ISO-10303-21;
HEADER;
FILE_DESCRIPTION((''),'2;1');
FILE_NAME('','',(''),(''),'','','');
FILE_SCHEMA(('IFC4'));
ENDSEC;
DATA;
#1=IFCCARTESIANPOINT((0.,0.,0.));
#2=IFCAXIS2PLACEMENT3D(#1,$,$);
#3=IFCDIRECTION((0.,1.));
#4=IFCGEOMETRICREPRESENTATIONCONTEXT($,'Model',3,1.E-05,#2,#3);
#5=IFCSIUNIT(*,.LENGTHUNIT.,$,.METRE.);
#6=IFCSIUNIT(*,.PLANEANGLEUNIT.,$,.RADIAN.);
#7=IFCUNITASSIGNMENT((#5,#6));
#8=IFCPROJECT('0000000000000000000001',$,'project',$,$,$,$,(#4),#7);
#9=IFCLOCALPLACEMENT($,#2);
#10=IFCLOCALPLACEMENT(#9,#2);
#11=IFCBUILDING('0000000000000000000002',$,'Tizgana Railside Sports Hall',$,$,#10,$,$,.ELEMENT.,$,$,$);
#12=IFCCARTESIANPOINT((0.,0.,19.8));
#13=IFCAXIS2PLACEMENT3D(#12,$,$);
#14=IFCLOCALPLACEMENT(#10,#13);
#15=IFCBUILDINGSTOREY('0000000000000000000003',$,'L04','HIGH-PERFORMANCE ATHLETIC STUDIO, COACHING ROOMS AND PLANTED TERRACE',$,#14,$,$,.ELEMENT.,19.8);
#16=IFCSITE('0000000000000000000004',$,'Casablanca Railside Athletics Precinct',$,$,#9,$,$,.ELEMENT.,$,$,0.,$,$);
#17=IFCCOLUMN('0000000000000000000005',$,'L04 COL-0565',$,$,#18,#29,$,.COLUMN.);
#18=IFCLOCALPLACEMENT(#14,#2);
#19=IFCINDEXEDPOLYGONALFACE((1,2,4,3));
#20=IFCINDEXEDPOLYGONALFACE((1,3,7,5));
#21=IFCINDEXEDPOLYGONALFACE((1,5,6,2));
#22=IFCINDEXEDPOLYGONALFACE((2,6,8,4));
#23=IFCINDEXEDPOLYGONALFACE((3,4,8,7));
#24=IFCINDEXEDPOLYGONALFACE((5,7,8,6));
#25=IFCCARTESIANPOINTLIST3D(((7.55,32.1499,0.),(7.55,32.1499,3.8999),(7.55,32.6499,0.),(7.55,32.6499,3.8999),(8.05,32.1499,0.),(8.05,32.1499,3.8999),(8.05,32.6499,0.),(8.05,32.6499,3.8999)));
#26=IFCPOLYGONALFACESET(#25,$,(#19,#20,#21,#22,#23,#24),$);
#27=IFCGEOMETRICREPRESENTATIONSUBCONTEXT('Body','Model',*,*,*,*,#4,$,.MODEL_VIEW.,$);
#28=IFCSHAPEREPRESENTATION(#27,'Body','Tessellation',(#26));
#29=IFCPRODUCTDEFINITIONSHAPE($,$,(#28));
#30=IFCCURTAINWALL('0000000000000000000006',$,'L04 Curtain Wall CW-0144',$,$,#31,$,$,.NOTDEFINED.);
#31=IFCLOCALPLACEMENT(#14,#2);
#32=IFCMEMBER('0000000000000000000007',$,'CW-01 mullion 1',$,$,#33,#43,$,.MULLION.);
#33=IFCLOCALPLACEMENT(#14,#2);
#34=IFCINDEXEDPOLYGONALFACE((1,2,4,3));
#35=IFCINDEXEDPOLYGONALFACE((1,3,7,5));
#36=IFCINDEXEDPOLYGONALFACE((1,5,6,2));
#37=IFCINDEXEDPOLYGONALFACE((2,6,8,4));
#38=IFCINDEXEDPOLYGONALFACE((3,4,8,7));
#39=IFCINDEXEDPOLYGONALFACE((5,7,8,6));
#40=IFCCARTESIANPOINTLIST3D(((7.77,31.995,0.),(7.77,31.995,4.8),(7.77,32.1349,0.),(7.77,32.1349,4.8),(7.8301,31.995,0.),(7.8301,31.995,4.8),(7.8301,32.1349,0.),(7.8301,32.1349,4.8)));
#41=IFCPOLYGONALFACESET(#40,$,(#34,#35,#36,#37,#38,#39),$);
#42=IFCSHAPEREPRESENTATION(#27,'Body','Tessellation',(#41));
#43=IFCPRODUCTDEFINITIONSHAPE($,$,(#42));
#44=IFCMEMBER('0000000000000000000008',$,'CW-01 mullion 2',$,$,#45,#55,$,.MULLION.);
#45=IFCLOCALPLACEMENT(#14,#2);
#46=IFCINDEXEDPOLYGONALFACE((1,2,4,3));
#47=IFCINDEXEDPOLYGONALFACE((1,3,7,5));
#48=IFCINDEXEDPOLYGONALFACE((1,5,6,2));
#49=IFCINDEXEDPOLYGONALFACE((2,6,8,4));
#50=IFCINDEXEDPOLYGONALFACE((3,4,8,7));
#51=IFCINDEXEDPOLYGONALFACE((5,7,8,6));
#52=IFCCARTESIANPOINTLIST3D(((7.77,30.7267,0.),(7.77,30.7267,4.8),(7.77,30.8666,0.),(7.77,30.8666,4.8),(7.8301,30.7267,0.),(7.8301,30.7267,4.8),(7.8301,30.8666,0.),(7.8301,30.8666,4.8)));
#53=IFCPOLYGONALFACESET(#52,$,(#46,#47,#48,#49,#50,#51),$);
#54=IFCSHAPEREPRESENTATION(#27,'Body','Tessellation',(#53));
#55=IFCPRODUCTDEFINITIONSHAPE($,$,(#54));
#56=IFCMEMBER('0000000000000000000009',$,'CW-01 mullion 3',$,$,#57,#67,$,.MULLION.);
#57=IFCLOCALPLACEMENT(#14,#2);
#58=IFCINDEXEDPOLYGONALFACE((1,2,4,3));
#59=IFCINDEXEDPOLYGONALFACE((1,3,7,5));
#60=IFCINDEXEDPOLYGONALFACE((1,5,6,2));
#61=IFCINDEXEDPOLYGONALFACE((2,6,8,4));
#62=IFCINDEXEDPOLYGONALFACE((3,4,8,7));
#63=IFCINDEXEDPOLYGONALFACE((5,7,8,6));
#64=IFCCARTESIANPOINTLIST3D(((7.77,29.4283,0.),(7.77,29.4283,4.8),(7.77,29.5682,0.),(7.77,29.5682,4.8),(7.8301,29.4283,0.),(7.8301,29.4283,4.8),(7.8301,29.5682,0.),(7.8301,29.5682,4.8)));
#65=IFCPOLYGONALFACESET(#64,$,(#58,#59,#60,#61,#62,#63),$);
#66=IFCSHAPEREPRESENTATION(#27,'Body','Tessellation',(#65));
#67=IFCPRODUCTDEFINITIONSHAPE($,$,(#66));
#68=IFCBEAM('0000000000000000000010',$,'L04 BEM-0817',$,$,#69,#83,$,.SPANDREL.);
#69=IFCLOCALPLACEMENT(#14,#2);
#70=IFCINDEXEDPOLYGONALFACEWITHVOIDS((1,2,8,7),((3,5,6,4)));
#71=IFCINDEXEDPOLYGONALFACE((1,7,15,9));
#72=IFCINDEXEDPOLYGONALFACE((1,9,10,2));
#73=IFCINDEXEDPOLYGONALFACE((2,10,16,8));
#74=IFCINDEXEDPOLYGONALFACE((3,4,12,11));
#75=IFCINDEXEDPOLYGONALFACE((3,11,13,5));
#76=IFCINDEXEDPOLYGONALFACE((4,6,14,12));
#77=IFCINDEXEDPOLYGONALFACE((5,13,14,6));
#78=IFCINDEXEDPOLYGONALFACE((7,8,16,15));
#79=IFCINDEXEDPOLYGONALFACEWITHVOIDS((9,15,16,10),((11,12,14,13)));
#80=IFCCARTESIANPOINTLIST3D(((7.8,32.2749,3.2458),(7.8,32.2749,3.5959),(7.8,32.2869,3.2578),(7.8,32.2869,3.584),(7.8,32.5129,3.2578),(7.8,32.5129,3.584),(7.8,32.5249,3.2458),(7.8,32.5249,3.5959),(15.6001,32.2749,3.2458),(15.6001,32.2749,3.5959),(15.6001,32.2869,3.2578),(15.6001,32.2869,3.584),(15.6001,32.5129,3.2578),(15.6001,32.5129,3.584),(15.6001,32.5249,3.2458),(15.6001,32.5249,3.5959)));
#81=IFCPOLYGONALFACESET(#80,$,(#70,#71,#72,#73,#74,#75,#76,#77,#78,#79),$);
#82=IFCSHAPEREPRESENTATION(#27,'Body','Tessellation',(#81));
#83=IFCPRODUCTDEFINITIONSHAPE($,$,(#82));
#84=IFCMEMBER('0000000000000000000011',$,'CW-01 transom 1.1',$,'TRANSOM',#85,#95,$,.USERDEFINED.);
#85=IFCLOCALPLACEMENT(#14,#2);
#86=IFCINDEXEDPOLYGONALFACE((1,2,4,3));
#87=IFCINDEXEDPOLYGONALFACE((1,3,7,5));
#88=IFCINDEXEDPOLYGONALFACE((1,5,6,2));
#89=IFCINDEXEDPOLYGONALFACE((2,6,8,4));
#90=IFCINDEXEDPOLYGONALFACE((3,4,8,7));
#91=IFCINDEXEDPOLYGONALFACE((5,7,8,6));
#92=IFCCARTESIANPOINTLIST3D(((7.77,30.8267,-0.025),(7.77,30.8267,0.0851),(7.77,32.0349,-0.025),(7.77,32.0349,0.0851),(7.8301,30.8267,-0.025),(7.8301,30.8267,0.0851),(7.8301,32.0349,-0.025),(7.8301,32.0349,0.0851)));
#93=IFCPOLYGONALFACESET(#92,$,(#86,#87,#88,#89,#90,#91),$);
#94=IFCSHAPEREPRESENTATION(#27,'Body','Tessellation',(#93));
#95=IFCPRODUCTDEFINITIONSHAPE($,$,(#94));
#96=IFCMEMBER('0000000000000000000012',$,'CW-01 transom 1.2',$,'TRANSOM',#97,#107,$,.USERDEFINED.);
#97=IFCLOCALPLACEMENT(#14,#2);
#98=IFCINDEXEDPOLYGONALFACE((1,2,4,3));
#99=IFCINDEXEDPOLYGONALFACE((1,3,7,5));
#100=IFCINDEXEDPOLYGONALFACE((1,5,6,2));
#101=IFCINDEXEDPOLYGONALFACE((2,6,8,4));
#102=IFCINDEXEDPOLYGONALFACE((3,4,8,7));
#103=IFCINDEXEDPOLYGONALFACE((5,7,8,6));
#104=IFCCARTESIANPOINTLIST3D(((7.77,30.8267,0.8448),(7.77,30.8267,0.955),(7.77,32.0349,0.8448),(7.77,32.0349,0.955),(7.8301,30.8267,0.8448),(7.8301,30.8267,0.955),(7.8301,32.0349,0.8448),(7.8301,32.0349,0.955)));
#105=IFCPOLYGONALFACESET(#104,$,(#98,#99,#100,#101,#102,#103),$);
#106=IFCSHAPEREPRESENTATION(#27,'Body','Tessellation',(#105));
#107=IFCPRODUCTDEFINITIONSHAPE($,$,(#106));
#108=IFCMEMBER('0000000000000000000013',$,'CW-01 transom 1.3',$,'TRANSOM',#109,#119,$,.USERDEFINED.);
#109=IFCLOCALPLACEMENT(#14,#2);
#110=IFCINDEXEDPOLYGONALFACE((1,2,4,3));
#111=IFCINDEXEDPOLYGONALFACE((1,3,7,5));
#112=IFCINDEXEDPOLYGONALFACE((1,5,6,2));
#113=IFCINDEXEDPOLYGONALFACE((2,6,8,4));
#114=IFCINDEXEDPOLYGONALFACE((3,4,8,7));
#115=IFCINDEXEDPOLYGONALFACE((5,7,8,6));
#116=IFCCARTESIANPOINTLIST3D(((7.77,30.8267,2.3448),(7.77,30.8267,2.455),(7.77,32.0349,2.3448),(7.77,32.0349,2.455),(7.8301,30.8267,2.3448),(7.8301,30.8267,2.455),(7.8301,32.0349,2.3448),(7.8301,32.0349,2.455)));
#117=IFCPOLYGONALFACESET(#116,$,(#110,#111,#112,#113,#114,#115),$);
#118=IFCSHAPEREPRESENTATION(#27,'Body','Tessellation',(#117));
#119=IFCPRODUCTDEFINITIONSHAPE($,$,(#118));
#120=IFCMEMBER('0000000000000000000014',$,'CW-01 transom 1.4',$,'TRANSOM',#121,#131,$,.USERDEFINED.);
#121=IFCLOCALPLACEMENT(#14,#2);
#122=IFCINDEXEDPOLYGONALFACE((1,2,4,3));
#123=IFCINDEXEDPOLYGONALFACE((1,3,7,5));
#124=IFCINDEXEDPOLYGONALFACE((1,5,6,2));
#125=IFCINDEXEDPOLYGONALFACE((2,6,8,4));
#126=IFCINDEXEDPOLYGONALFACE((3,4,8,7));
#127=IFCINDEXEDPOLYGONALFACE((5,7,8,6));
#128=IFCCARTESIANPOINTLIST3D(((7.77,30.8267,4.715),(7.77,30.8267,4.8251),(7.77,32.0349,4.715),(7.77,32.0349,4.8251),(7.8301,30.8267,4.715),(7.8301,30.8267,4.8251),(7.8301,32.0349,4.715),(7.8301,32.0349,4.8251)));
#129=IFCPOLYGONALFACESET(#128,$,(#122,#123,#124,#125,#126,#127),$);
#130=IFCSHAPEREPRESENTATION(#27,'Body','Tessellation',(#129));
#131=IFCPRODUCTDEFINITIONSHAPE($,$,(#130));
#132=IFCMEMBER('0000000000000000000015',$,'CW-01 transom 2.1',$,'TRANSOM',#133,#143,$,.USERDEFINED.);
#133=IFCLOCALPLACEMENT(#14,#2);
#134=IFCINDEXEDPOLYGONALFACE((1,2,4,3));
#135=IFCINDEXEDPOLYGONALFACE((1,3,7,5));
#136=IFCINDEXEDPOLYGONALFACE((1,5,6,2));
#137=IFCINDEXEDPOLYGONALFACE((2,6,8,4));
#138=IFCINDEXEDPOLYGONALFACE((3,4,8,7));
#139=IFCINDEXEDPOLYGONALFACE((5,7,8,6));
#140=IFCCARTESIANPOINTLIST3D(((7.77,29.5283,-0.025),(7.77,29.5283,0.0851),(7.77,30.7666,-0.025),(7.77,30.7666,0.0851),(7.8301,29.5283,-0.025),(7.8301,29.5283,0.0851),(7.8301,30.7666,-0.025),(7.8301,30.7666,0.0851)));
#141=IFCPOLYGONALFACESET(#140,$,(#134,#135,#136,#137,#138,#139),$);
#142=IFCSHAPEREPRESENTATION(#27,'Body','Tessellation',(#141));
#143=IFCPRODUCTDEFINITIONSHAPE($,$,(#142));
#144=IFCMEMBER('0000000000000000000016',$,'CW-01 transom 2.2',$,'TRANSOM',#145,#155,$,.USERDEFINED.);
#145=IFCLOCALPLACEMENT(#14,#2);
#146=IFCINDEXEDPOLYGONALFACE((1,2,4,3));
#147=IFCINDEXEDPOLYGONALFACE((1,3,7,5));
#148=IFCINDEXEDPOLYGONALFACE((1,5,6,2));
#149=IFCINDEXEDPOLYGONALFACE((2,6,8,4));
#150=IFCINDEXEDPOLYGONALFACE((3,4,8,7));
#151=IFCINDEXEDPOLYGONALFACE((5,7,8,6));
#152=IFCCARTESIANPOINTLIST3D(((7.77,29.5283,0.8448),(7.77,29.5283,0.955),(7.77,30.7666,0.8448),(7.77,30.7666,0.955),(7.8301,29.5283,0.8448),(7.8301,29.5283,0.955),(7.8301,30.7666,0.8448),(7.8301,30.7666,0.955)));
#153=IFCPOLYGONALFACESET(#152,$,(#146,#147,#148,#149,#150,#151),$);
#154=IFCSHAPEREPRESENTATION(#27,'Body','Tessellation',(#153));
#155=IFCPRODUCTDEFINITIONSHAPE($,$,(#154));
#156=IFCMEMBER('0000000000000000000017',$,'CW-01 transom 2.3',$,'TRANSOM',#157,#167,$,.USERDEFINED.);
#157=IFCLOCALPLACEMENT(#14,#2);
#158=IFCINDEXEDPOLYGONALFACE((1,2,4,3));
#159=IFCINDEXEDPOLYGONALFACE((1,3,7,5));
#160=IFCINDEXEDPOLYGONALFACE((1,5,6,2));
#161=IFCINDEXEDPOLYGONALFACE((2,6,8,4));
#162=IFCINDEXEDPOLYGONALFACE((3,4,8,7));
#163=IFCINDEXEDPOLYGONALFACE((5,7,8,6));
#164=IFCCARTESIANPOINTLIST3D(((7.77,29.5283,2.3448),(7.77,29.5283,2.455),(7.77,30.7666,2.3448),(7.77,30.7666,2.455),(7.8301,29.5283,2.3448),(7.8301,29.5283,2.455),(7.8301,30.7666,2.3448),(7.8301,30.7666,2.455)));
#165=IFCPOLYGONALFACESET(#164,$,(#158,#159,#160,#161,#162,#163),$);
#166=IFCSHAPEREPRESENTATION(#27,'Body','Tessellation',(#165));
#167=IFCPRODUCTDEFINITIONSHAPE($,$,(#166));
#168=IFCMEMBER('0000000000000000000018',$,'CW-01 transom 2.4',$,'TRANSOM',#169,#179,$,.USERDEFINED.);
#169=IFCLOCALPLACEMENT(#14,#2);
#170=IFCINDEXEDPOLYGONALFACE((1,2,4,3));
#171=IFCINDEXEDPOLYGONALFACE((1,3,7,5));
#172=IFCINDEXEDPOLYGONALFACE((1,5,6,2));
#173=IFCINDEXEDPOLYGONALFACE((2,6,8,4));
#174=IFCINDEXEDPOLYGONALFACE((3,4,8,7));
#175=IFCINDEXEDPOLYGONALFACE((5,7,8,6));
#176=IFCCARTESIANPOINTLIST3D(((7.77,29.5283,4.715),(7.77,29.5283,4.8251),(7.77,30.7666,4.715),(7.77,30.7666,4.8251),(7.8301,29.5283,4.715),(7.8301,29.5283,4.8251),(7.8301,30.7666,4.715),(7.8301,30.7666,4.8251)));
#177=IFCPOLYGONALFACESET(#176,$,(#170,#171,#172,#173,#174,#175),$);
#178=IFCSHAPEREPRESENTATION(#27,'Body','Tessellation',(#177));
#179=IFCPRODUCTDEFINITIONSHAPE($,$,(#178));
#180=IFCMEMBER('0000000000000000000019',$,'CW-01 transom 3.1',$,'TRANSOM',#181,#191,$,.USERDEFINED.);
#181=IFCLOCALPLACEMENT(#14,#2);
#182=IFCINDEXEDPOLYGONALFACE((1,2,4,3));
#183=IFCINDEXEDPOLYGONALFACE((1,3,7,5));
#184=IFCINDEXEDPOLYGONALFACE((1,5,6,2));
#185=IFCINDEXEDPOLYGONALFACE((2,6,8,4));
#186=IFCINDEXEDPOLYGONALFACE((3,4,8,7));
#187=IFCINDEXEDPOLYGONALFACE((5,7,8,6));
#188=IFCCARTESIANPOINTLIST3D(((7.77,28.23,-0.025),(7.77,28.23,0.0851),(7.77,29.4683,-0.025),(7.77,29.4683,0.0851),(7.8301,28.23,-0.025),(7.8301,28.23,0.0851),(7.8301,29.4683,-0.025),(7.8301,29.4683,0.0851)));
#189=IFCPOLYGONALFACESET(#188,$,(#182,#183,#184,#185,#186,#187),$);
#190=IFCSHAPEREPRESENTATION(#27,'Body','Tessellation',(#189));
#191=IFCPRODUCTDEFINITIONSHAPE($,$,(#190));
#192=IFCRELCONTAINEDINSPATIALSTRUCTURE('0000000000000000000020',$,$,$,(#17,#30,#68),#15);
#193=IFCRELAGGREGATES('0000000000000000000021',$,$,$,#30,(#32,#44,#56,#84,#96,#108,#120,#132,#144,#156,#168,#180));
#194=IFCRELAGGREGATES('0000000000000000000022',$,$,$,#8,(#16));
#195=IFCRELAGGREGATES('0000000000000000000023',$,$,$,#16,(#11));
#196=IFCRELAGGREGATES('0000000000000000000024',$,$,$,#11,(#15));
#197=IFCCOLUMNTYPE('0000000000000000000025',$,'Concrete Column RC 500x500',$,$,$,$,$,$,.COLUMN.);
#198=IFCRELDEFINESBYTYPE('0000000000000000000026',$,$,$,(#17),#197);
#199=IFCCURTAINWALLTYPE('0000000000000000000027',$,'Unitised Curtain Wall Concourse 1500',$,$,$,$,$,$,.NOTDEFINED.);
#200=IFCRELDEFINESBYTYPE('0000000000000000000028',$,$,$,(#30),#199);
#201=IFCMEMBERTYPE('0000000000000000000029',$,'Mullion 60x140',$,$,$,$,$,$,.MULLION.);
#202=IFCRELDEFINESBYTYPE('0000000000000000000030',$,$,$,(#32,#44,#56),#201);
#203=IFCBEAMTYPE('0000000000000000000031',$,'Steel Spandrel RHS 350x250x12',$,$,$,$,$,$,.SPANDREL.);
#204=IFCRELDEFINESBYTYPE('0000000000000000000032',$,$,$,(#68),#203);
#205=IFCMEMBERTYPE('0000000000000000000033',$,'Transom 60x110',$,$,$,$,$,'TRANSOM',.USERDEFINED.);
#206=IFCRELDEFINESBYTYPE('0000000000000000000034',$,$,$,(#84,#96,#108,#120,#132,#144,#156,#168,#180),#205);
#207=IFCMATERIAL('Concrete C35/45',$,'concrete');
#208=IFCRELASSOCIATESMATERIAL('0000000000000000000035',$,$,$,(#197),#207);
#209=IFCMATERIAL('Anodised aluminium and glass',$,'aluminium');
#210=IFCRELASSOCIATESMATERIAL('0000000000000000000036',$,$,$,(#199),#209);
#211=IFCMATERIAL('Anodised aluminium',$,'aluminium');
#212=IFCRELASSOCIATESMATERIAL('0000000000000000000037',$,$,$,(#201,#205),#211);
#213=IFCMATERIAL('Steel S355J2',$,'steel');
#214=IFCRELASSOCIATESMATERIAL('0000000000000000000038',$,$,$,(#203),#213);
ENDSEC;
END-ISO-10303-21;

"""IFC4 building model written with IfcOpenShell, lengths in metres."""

from ifc_helpers import new_model, si_unit, direction, frame, origin, origin_2d, place, context, subcontext, project, spatial, rectangle, hollow_rectangle, extrude, material, material_profile, profile_set, type_object, element, aggregate, save


model = new_model("IFC4")

# Units and contexts
model_context = context("Model", 3, precision=1e-05, world=origin(), true_north=direction((0.0, 1.0)))
body_context = subcontext(model_context, "Body", "Model", "MODEL_VIEW")
ifc_project = project(units=[si_unit("LENGTHUNIT", "METRE"), si_unit("PLANEANGLEUNIT", "RADIAN")], contexts=[model_context])

# Site, building, storey
site_placement = place(None, origin())
site = spatial("IfcSite", under=ifc_project, at=site_placement, Name="Casablanca Railside Athletics Precinct", CompositionType="ELEMENT", RefElevation=0.0)
building_placement = place(site_placement, origin())
building = spatial("IfcBuilding", under=site, at=building_placement, Name="Tizgana Railside Sports Hall", CompositionType="ELEMENT")
storey_placement = place(building_placement, frame((0.0, 0.0, 19.8)))
storey = spatial("IfcBuildingStorey", under=building, at=storey_placement, Name="L04", Description="HIGH-PERFORMANCE ATHLETIC STUDIO, COACHING ROOMS AND PLANTED TERRACE", CompositionType="ELEMENT", Elevation=19.8)

# Column
ifc_material_1 = material(Name="Concrete C35/45", Category="concrete")
ifc_material_profile_1 = material_profile(ifc_material_1, rectangle(XDim=0.5, YDim=0.5, at=origin_2d()), Name="RC 500x500")
ifc_profile_set_1 = profile_set([ifc_material_profile_1], Name="Concrete C35/45")
column_type = type_object("IfcColumnType", Name="Concrete Column RC 500x500", PredefinedType="COLUMN", material=ifc_profile_set_1)
column_placement = place(storey_placement, frame((7.8, 32.3999, 0.0), z_axis=(0.0, 0.0, 1.0), x_axis=(1.0, 0.0, 0.0)))
element("IfcColumn", 1, at=column_placement, inside=storey, type_object=column_type, Name="L04 COL-0565", PredefinedType="COLUMN", context=body_context, shape_type="SweptSolid", body=[
    extrude(rectangle(XDim=0.5, YDim=0.5, at=origin_2d()), origin(), (0.0, 0.0, 1.0), 3.8999),
])

# Curtain wall, members
ifc_material_2 = material(Name="Anodised aluminium and glass", Category="aluminium")
curtain_wall_type = type_object("IfcCurtainWallType", Name="Unitised Curtain Wall Concourse 1500", PredefinedType="NOTDEFINED", material=ifc_material_2)
curtain_wall_placement = place(storey_placement, origin())
curtain_wall = element("IfcCurtainWall", 2, at=curtain_wall_placement, inside=storey, type_object=curtain_wall_type, Name="L04 Curtain Wall CW-0144", PredefinedType="NOTDEFINED")
ifc_material_3 = material(Name="Anodised aluminium", Category="aluminium")
ifc_material_profile_2 = material_profile(ifc_material_3, rectangle(XDim=0.0601, YDim=0.1399, at=origin_2d()), Name="Mullion 60x140")
ifc_profile_set_2 = profile_set([ifc_material_profile_2], Name="Anodised aluminium")
member_type_1 = type_object("IfcMemberType", Name="Mullion 60x140", PredefinedType="MULLION", material=ifc_profile_set_2)
member_1_placement = place(storey_placement, frame((7.8, 32.0649, 0.0), z_axis=(0.0, 0.0, 1.0), x_axis=(1.0, 0.0, 0.0)))
member_1 = element("IfcMember", 3, at=member_1_placement, type_object=member_type_1, Name="CW-01 mullion 1", PredefinedType="MULLION", context=body_context, shape_type="SweptSolid", body=[
    extrude(rectangle(XDim=0.0601, YDim=0.1399, at=origin_2d()), origin(), (0.0, 0.0, 1.0), 4.8),
])
member_2_placement = place(storey_placement, frame((7.8, 30.7966, 0.0), z_axis=(0.0, 0.0, 1.0), x_axis=(1.0, 0.0, 0.0)))
member_2 = element("IfcMember", 4, at=member_2_placement, type_object=member_type_1, Name="CW-01 mullion 2", PredefinedType="MULLION", context=body_context, shape_type="SweptSolid", body=[
    extrude(rectangle(XDim=0.0601, YDim=0.1399, at=origin_2d()), origin(), (0.0, 0.0, 1.0), 4.8),
])
member_3_placement = place(storey_placement, frame((7.8, 29.4983, 0.0), z_axis=(0.0, 0.0, 1.0), x_axis=(1.0, 0.0, 0.0)))
member_3 = element("IfcMember", 5, at=member_3_placement, type_object=member_type_1, Name="CW-01 mullion 3", PredefinedType="MULLION", context=body_context, shape_type="SweptSolid", body=[
    extrude(rectangle(XDim=0.0601, YDim=0.1399, at=origin_2d()), origin(), (0.0, 0.0, 1.0), 4.8),
])

# Beam
ifc_material_4 = material(Name="Steel S355J2", Category="steel")
ifc_material_profile_3 = material_profile(ifc_material_4, hollow_rectangle(XDim=0.25, YDim=0.3501, WallThickness=0.012, at=origin_2d()), Name="RHS 350x250x12")
ifc_profile_set_3 = profile_set([ifc_material_profile_3], Name="Steel S355J2")
beam_type = type_object("IfcBeamType", Name="Steel Spandrel RHS 350x250x12", PredefinedType="SPANDREL", material=ifc_profile_set_3)
beam_placement = place(storey_placement, frame((7.8, 32.3999, 3.4209), z_axis=(1.0, 0.0, 0.0), x_axis=(0.0, 1.0, 0.0)))
element("IfcBeam", 6, at=beam_placement, inside=storey, type_object=beam_type, Name="L04 BEM-0817", PredefinedType="SPANDREL", context=body_context, shape_type="SweptSolid", body=[
    extrude(hollow_rectangle(XDim=0.25, YDim=0.3501, WallThickness=0.012, at=origin_2d()), origin(), (0.0, 0.0, 1.0), 7.8),
])

# Members
ifc_material_profile_4 = material_profile(ifc_material_3, rectangle(XDim=0.0601, YDim=0.1101, at=origin_2d()), Name="Transom 60x110")
ifc_profile_set_4 = profile_set([ifc_material_profile_4], Name="Anodised aluminium")
member_type_2 = type_object("IfcMemberType", Name="Transom 60x110", ElementType="TRANSOM", PredefinedType="USERDEFINED", material=ifc_profile_set_4)
member_4_placement = place(storey_placement, frame((7.8, 32.0349, 0.03), z_axis=(0.0, -1.0, 0.0), x_axis=(1.0, 0.0, 0.0)))
member_4 = element("IfcMember", 7, at=member_4_placement, type_object=member_type_2, Name="CW-01 transom 1.1", ObjectType="TRANSOM", PredefinedType="USERDEFINED", context=body_context, shape_type="SweptSolid", body=[
    extrude(rectangle(XDim=0.0601, YDim=0.1101, at=origin_2d()), origin(), (0.0, 0.0, 1.0), 1.2083),
])
member_5_placement = place(storey_placement, frame((7.8, 32.0349, 0.8999), z_axis=(0.0, -1.0, 0.0), x_axis=(1.0, 0.0, 0.0)))
member_5 = element("IfcMember", 8, at=member_5_placement, type_object=member_type_2, Name="CW-01 transom 1.2", ObjectType="TRANSOM", PredefinedType="USERDEFINED", context=body_context, shape_type="SweptSolid", body=[
    extrude(rectangle(XDim=0.0601, YDim=0.1101, at=origin_2d()), origin(), (0.0, 0.0, 1.0), 1.2083),
])
member_6_placement = place(storey_placement, frame((7.8, 32.0349, 2.3999), z_axis=(0.0, -1.0, 0.0), x_axis=(1.0, 0.0, 0.0)))
member_6 = element("IfcMember", 9, at=member_6_placement, type_object=member_type_2, Name="CW-01 transom 1.3", ObjectType="TRANSOM", PredefinedType="USERDEFINED", context=body_context, shape_type="SweptSolid", body=[
    extrude(rectangle(XDim=0.0601, YDim=0.1101, at=origin_2d()), origin(), (0.0, 0.0, 1.0), 1.2083),
])
member_7_placement = place(storey_placement, frame((7.8, 32.0349, 4.77), z_axis=(0.0, -1.0, 0.0), x_axis=(1.0, 0.0, 0.0)))
member_7 = element("IfcMember", 10, at=member_7_placement, type_object=member_type_2, Name="CW-01 transom 1.4", ObjectType="TRANSOM", PredefinedType="USERDEFINED", context=body_context, shape_type="SweptSolid", body=[
    extrude(rectangle(XDim=0.0601, YDim=0.1101, at=origin_2d()), origin(), (0.0, 0.0, 1.0), 1.2083),
])
member_8_placement = place(storey_placement, frame((7.8, 30.7666, 0.03), z_axis=(0.0, -1.0, 0.0), x_axis=(1.0, 0.0, 0.0)))
member_8 = element("IfcMember", 11, at=member_8_placement, type_object=member_type_2, Name="CW-01 transom 2.1", ObjectType="TRANSOM", PredefinedType="USERDEFINED", context=body_context, shape_type="SweptSolid", body=[
    extrude(rectangle(XDim=0.0601, YDim=0.1101, at=origin_2d()), origin(), (0.0, 0.0, 1.0), 1.2383),
])
member_9_placement = place(storey_placement, frame((7.8, 30.7666, 0.8999), z_axis=(0.0, -1.0, 0.0), x_axis=(1.0, 0.0, 0.0)))
member_9 = element("IfcMember", 12, at=member_9_placement, type_object=member_type_2, Name="CW-01 transom 2.2", ObjectType="TRANSOM", PredefinedType="USERDEFINED", context=body_context, shape_type="SweptSolid", body=[
    extrude(rectangle(XDim=0.0601, YDim=0.1101, at=origin_2d()), origin(), (0.0, 0.0, 1.0), 1.2383),
])
member_10_placement = place(storey_placement, frame((7.8, 30.7666, 2.3999), z_axis=(0.0, -1.0, 0.0), x_axis=(1.0, 0.0, 0.0)))
member_10 = element("IfcMember", 13, at=member_10_placement, type_object=member_type_2, Name="CW-01 transom 2.3", ObjectType="TRANSOM", PredefinedType="USERDEFINED", context=body_context, shape_type="SweptSolid", body=[
    extrude(rectangle(XDim=0.0601, YDim=0.1101, at=origin_2d()), origin(), (0.0, 0.0, 1.0), 1.2383),
])
member_11_placement = place(storey_placement, frame((7.8, 30.7666, 4.77), z_axis=(0.0, -1.0, 0.0), x_axis=(1.0, 0.0, 0.0)))
member_11 = element("IfcMember", 14, at=member_11_placement, type_object=member_type_2, Name="CW-01 transom 2.4", ObjectType="TRANSOM", PredefinedType="USERDEFINED", context=body_context, shape_type="SweptSolid", body=[
    extrude(rectangle(XDim=0.0601, YDim=0.1101, at=origin_2d()), origin(), (0.0, 0.0, 1.0), 1.2383),
])
member_12_placement = place(storey_placement, frame((7.8, 29.4683, 0.03), z_axis=(0.0, -1.0, 0.0), x_axis=(1.0, 0.0, 0.0)))
member_12 = element("IfcMember", 15, at=member_12_placement, type_object=member_type_2, Name="CW-01 transom 3.1", ObjectType="TRANSOM", PredefinedType="USERDEFINED", context=body_context, shape_type="SweptSolid", body=[
    extrude(rectangle(XDim=0.0601, YDim=0.1101, at=origin_2d()), origin(), (0.0, 0.0, 1.0), 1.2383),
])

aggregate(curtain_wall, [member_1, member_2, member_3, member_4, member_5, member_6, member_7, member_8, member_9, member_10, member_11, member_12])

save(model, "model.ifc")
